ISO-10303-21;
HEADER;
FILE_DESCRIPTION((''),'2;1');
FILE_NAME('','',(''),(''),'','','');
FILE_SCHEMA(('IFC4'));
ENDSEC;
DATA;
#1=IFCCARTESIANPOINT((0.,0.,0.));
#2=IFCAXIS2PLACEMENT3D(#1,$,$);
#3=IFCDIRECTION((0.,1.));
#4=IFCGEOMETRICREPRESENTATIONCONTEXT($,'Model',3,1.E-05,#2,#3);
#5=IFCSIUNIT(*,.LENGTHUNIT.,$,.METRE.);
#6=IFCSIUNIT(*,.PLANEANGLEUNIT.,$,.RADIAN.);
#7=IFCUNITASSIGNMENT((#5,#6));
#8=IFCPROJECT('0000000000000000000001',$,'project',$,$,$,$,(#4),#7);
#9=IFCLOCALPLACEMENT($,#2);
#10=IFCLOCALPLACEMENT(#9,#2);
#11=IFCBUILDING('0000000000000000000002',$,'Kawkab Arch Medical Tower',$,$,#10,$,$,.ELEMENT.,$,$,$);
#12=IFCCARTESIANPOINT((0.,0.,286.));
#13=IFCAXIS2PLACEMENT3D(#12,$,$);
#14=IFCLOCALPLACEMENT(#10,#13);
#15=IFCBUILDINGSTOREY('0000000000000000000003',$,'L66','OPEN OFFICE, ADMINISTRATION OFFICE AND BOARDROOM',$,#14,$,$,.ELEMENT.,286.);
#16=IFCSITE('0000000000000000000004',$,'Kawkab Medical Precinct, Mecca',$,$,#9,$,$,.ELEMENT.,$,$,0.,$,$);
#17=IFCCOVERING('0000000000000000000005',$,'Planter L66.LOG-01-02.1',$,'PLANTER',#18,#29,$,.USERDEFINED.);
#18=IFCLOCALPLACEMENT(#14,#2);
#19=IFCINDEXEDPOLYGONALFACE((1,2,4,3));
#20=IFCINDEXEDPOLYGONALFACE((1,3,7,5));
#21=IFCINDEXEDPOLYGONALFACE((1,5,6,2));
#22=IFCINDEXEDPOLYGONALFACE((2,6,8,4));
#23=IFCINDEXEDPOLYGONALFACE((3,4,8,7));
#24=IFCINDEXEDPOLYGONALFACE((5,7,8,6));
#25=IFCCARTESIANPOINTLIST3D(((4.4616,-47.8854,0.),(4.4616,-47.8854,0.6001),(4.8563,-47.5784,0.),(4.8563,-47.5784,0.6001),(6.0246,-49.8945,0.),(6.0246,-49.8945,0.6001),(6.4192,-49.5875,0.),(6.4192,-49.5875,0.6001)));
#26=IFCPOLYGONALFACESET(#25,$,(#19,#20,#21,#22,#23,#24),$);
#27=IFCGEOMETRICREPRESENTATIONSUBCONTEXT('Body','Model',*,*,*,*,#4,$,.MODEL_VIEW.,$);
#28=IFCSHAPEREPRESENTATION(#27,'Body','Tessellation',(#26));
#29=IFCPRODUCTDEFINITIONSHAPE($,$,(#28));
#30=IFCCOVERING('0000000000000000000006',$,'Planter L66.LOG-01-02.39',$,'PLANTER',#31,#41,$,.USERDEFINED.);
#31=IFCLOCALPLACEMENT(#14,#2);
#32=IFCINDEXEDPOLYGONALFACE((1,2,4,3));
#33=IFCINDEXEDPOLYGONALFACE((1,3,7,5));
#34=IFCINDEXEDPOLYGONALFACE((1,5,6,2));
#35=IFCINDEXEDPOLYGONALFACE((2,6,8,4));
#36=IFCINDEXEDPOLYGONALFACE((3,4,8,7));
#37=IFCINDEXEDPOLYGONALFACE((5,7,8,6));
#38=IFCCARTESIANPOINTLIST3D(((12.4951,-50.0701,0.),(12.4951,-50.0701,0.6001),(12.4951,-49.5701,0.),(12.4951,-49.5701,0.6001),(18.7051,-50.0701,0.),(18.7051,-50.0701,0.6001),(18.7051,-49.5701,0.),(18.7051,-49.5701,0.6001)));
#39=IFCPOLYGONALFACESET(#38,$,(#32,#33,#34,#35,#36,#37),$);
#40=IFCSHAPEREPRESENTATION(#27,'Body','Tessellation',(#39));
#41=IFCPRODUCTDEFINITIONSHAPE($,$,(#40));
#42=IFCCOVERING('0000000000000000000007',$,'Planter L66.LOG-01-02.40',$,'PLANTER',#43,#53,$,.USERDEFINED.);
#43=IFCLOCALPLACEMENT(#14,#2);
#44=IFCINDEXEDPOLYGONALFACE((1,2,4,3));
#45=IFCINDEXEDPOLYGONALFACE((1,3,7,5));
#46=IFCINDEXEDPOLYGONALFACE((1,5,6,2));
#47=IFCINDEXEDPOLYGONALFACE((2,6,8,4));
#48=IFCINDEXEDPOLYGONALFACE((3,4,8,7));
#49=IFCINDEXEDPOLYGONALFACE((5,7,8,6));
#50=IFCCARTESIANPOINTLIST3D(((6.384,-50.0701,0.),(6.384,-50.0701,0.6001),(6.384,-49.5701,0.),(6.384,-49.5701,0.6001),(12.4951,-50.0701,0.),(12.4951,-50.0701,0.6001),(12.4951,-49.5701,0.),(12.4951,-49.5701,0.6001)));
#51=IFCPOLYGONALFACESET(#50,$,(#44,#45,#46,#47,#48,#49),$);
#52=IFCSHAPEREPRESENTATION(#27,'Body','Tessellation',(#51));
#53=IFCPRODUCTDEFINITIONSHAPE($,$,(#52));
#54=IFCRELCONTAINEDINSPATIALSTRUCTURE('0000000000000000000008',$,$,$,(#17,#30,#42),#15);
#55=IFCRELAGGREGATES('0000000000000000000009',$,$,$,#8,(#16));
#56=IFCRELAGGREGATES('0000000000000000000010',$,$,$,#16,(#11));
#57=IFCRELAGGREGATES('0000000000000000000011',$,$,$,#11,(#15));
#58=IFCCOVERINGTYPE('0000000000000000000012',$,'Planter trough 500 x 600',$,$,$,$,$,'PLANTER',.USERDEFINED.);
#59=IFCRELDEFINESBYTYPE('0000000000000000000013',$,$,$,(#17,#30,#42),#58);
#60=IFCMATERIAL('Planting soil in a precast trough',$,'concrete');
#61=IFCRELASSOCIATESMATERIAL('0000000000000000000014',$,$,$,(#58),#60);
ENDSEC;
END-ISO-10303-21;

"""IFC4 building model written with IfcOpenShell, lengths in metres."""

from ifc_helpers import new_model, si_unit, direction, frame, origin, origin_2d, place, context, subcontext, project, spatial, rectangle, extrude, material, material_profile, profile_set, type_object, element, save


model = new_model("IFC4")

# Units and contexts
model_context = context("Model", 3, precision=1e-05, world=origin(), true_north=direction((0.0, 1.0)))
body_context = subcontext(model_context, "Body", "Model", "MODEL_VIEW")
ifc_project = project(units=[si_unit("LENGTHUNIT", "METRE"), si_unit("PLANEANGLEUNIT", "RADIAN")], contexts=[model_context])

# Site, building, storey
site_placement = place(None, origin())
site = spatial("IfcSite", under=ifc_project, at=site_placement, Name="Kawkab Medical Precinct, Mecca", CompositionType="ELEMENT", RefElevation=0.0)
building_placement = place(site_placement, origin())
building = spatial("IfcBuilding", under=site, at=building_placement, Name="Kawkab Arch Medical Tower", CompositionType="ELEMENT")
storey_placement = place(building_placement, frame((0.0, 0.0, 286.0)))
storey = spatial("IfcBuildingStorey", under=building, at=storey_placement, Name="L66", Description="OPEN OFFICE, ADMINISTRATION OFFICE AND BOARDROOM", CompositionType="ELEMENT", Elevation=286.0)

# Coverings
ifc_material_1 = material(Name="Planting soil in a precast trough", Category="concrete")
ifc_material_profile_1 = material_profile(ifc_material_1, rectangle(XDim=0.5, YDim=0.6001, at=origin_2d()), Name="Trough 500x600")
ifc_profile_set_1 = profile_set([ifc_material_profile_1], Name="Planting soil in a precast trough")
covering_type = type_object("IfcCoveringType", Name="Planter trough 500 x 600", ElementType="PLANTER", PredefinedType="USERDEFINED", material=ifc_profile_set_1)
covering_1_placement = place(storey_placement, frame((6.2219, -49.741, 0.3), z_axis=(-0.61404, 0.789275, 0.0), x_axis=(-0.789275, -0.61404, 0.0)))
element("IfcCovering", 1, at=covering_1_placement, inside=storey, type_object=covering_type, Name="Planter L66.LOG-01-02.1", ObjectType="PLANTER", PredefinedType="USERDEFINED", context=body_context, shape_type="SweptSolid", body=[
    extrude(rectangle(XDim=0.5, YDim=0.6001, at=origin_2d()), origin(), (0.0, 0.0, 1.0), 2.5454),
])
covering_2_placement = place(storey_placement, frame((18.7051, -49.8201, 0.3), z_axis=(-1.0, 0.0, 0.0), x_axis=(0.0, -1.0, 0.0)))
element("IfcCovering", 2, at=covering_2_placement, inside=storey, type_object=covering_type, Name="Planter L66.LOG-01-02.39", ObjectType="PLANTER", PredefinedType="USERDEFINED", context=body_context, shape_type="SweptSolid", body=[
    extrude(rectangle(XDim=0.5, YDim=0.6001, at=origin_2d()), origin(), (0.0, 0.0, 1.0), 6.21),
])
covering_3_placement = place(storey_placement, frame((12.4951, -49.8201, 0.3), z_axis=(-1.0, 0.0, 0.0), x_axis=(0.0, -1.0, 0.0)))
element("IfcCovering", 3, at=covering_3_placement, inside=storey, type_object=covering_type, Name="Planter L66.LOG-01-02.40", ObjectType="PLANTER", PredefinedType="USERDEFINED", context=body_context, shape_type="SweptSolid", body=[
    extrude(rectangle(XDim=0.5, YDim=0.6001, at=origin_2d()), origin(), (0.0, 0.0, 1.0), 6.1111),
])

save(model, "model.ifc")
